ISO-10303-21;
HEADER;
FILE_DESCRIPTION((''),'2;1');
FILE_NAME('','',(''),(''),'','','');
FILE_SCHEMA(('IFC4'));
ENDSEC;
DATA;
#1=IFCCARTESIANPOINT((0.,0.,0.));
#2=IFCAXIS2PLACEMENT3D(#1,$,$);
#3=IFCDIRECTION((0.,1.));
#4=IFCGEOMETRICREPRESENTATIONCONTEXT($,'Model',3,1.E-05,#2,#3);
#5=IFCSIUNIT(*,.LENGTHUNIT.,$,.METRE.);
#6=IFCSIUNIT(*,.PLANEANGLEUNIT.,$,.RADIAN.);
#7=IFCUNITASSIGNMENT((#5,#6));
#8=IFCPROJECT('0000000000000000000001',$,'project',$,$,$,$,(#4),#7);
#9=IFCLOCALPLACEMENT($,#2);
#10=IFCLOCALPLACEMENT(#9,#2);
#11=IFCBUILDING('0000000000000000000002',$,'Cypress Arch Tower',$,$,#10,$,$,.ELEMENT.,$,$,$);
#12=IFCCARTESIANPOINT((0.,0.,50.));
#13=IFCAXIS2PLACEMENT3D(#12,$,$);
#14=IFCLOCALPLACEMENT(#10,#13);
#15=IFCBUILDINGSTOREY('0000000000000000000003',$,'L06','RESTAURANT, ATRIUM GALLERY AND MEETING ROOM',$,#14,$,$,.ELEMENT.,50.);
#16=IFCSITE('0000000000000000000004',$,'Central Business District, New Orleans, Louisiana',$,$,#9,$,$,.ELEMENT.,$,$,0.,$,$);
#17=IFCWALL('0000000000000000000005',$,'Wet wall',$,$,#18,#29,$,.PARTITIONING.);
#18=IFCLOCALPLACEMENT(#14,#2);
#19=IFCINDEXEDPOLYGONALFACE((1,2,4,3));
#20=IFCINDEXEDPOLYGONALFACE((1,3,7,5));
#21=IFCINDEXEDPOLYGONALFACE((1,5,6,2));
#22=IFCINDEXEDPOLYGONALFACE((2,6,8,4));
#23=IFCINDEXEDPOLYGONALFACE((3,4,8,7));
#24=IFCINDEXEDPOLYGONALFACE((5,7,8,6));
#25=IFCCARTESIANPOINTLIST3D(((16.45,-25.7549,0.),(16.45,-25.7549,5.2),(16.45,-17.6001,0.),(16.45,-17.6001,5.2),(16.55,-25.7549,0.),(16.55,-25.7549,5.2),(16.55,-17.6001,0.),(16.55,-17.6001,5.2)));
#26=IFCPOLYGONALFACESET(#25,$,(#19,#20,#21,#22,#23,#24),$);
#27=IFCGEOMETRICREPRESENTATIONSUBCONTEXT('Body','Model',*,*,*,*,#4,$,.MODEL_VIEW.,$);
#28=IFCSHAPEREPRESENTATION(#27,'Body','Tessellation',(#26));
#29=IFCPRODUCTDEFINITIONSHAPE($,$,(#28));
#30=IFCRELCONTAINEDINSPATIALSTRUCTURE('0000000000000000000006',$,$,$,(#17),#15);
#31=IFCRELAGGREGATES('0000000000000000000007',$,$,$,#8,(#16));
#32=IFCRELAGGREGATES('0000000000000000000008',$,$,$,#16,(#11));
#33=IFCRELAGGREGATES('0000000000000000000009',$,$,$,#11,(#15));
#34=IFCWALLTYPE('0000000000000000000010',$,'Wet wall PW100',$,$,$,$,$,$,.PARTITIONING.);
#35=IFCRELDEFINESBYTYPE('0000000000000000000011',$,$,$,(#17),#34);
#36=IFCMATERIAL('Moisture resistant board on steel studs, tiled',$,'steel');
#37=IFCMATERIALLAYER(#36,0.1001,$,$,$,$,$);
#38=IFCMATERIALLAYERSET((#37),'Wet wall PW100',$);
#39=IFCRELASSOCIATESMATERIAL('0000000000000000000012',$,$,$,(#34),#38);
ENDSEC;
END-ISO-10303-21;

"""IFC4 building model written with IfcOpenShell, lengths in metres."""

from ifc_helpers import new_model, si_unit, direction, frame, frame_2d, origin, place, context, subcontext, project, spatial, rectangle, extrude, material, layer, layer_set, type_object, element, save


model = new_model("IFC4")

# Units and contexts
model_context = context("Model", 3, precision=1e-05, world=origin(), true_north=direction((0.0, 1.0)))
body_context = subcontext(model_context, "Body", "Model", "MODEL_VIEW")
ifc_project = project(units=[si_unit("LENGTHUNIT", "METRE"), si_unit("PLANEANGLEUNIT", "RADIAN")], contexts=[model_context])

# Site, building, storey
site_placement = place(None, origin())
site = spatial("IfcSite", under=ifc_project, at=site_placement, Name="Central Business District, New Orleans, Louisiana", CompositionType="ELEMENT", RefElevation=0.0)
building_placement = place(site_placement, origin())
building = spatial("IfcBuilding", under=site, at=building_placement, Name="Cypress Arch Tower", CompositionType="ELEMENT")
storey_placement = place(building_placement, frame((0.0, 0.0, 50.0)))
storey = spatial("IfcBuildingStorey", under=building, at=storey_placement, Name="L06", Description="RESTAURANT, ATRIUM GALLERY AND MEETING ROOM", CompositionType="ELEMENT", Elevation=50.0)

# Wall
ifc_material_1 = material(Name="Moisture resistant board on steel studs, tiled", Category="steel")
ifc_layer_1 = layer(ifc_material_1, 0.1001)
ifc_layer_set_1 = layer_set([ifc_layer_1], Name="Wet wall PW100")
wall_type_1 = type_object("IfcWallType", Name="Wet wall PW100", PredefinedType="PARTITIONING", material=ifc_layer_set_1)
wall_1_placement = place(storey_placement, frame((16.5, -25.7549, 0.0), z_axis=(0.0, 0.0, 1.0), x_axis=(0.0, 1.0, 0.0)))
element("IfcWall", 1, at=wall_1_placement, inside=storey, type_object=wall_type_1, Name="Wet wall", PredefinedType="PARTITIONING", context=body_context, shape_type="SweptSolid", body=[
    extrude(rectangle(XDim=8.1548, YDim=0.1001, at=frame_2d((4.0774, 0.0))), origin(), (0.0, 0.0, 1.0), 5.2),
])

save(model, "model.ifc")
